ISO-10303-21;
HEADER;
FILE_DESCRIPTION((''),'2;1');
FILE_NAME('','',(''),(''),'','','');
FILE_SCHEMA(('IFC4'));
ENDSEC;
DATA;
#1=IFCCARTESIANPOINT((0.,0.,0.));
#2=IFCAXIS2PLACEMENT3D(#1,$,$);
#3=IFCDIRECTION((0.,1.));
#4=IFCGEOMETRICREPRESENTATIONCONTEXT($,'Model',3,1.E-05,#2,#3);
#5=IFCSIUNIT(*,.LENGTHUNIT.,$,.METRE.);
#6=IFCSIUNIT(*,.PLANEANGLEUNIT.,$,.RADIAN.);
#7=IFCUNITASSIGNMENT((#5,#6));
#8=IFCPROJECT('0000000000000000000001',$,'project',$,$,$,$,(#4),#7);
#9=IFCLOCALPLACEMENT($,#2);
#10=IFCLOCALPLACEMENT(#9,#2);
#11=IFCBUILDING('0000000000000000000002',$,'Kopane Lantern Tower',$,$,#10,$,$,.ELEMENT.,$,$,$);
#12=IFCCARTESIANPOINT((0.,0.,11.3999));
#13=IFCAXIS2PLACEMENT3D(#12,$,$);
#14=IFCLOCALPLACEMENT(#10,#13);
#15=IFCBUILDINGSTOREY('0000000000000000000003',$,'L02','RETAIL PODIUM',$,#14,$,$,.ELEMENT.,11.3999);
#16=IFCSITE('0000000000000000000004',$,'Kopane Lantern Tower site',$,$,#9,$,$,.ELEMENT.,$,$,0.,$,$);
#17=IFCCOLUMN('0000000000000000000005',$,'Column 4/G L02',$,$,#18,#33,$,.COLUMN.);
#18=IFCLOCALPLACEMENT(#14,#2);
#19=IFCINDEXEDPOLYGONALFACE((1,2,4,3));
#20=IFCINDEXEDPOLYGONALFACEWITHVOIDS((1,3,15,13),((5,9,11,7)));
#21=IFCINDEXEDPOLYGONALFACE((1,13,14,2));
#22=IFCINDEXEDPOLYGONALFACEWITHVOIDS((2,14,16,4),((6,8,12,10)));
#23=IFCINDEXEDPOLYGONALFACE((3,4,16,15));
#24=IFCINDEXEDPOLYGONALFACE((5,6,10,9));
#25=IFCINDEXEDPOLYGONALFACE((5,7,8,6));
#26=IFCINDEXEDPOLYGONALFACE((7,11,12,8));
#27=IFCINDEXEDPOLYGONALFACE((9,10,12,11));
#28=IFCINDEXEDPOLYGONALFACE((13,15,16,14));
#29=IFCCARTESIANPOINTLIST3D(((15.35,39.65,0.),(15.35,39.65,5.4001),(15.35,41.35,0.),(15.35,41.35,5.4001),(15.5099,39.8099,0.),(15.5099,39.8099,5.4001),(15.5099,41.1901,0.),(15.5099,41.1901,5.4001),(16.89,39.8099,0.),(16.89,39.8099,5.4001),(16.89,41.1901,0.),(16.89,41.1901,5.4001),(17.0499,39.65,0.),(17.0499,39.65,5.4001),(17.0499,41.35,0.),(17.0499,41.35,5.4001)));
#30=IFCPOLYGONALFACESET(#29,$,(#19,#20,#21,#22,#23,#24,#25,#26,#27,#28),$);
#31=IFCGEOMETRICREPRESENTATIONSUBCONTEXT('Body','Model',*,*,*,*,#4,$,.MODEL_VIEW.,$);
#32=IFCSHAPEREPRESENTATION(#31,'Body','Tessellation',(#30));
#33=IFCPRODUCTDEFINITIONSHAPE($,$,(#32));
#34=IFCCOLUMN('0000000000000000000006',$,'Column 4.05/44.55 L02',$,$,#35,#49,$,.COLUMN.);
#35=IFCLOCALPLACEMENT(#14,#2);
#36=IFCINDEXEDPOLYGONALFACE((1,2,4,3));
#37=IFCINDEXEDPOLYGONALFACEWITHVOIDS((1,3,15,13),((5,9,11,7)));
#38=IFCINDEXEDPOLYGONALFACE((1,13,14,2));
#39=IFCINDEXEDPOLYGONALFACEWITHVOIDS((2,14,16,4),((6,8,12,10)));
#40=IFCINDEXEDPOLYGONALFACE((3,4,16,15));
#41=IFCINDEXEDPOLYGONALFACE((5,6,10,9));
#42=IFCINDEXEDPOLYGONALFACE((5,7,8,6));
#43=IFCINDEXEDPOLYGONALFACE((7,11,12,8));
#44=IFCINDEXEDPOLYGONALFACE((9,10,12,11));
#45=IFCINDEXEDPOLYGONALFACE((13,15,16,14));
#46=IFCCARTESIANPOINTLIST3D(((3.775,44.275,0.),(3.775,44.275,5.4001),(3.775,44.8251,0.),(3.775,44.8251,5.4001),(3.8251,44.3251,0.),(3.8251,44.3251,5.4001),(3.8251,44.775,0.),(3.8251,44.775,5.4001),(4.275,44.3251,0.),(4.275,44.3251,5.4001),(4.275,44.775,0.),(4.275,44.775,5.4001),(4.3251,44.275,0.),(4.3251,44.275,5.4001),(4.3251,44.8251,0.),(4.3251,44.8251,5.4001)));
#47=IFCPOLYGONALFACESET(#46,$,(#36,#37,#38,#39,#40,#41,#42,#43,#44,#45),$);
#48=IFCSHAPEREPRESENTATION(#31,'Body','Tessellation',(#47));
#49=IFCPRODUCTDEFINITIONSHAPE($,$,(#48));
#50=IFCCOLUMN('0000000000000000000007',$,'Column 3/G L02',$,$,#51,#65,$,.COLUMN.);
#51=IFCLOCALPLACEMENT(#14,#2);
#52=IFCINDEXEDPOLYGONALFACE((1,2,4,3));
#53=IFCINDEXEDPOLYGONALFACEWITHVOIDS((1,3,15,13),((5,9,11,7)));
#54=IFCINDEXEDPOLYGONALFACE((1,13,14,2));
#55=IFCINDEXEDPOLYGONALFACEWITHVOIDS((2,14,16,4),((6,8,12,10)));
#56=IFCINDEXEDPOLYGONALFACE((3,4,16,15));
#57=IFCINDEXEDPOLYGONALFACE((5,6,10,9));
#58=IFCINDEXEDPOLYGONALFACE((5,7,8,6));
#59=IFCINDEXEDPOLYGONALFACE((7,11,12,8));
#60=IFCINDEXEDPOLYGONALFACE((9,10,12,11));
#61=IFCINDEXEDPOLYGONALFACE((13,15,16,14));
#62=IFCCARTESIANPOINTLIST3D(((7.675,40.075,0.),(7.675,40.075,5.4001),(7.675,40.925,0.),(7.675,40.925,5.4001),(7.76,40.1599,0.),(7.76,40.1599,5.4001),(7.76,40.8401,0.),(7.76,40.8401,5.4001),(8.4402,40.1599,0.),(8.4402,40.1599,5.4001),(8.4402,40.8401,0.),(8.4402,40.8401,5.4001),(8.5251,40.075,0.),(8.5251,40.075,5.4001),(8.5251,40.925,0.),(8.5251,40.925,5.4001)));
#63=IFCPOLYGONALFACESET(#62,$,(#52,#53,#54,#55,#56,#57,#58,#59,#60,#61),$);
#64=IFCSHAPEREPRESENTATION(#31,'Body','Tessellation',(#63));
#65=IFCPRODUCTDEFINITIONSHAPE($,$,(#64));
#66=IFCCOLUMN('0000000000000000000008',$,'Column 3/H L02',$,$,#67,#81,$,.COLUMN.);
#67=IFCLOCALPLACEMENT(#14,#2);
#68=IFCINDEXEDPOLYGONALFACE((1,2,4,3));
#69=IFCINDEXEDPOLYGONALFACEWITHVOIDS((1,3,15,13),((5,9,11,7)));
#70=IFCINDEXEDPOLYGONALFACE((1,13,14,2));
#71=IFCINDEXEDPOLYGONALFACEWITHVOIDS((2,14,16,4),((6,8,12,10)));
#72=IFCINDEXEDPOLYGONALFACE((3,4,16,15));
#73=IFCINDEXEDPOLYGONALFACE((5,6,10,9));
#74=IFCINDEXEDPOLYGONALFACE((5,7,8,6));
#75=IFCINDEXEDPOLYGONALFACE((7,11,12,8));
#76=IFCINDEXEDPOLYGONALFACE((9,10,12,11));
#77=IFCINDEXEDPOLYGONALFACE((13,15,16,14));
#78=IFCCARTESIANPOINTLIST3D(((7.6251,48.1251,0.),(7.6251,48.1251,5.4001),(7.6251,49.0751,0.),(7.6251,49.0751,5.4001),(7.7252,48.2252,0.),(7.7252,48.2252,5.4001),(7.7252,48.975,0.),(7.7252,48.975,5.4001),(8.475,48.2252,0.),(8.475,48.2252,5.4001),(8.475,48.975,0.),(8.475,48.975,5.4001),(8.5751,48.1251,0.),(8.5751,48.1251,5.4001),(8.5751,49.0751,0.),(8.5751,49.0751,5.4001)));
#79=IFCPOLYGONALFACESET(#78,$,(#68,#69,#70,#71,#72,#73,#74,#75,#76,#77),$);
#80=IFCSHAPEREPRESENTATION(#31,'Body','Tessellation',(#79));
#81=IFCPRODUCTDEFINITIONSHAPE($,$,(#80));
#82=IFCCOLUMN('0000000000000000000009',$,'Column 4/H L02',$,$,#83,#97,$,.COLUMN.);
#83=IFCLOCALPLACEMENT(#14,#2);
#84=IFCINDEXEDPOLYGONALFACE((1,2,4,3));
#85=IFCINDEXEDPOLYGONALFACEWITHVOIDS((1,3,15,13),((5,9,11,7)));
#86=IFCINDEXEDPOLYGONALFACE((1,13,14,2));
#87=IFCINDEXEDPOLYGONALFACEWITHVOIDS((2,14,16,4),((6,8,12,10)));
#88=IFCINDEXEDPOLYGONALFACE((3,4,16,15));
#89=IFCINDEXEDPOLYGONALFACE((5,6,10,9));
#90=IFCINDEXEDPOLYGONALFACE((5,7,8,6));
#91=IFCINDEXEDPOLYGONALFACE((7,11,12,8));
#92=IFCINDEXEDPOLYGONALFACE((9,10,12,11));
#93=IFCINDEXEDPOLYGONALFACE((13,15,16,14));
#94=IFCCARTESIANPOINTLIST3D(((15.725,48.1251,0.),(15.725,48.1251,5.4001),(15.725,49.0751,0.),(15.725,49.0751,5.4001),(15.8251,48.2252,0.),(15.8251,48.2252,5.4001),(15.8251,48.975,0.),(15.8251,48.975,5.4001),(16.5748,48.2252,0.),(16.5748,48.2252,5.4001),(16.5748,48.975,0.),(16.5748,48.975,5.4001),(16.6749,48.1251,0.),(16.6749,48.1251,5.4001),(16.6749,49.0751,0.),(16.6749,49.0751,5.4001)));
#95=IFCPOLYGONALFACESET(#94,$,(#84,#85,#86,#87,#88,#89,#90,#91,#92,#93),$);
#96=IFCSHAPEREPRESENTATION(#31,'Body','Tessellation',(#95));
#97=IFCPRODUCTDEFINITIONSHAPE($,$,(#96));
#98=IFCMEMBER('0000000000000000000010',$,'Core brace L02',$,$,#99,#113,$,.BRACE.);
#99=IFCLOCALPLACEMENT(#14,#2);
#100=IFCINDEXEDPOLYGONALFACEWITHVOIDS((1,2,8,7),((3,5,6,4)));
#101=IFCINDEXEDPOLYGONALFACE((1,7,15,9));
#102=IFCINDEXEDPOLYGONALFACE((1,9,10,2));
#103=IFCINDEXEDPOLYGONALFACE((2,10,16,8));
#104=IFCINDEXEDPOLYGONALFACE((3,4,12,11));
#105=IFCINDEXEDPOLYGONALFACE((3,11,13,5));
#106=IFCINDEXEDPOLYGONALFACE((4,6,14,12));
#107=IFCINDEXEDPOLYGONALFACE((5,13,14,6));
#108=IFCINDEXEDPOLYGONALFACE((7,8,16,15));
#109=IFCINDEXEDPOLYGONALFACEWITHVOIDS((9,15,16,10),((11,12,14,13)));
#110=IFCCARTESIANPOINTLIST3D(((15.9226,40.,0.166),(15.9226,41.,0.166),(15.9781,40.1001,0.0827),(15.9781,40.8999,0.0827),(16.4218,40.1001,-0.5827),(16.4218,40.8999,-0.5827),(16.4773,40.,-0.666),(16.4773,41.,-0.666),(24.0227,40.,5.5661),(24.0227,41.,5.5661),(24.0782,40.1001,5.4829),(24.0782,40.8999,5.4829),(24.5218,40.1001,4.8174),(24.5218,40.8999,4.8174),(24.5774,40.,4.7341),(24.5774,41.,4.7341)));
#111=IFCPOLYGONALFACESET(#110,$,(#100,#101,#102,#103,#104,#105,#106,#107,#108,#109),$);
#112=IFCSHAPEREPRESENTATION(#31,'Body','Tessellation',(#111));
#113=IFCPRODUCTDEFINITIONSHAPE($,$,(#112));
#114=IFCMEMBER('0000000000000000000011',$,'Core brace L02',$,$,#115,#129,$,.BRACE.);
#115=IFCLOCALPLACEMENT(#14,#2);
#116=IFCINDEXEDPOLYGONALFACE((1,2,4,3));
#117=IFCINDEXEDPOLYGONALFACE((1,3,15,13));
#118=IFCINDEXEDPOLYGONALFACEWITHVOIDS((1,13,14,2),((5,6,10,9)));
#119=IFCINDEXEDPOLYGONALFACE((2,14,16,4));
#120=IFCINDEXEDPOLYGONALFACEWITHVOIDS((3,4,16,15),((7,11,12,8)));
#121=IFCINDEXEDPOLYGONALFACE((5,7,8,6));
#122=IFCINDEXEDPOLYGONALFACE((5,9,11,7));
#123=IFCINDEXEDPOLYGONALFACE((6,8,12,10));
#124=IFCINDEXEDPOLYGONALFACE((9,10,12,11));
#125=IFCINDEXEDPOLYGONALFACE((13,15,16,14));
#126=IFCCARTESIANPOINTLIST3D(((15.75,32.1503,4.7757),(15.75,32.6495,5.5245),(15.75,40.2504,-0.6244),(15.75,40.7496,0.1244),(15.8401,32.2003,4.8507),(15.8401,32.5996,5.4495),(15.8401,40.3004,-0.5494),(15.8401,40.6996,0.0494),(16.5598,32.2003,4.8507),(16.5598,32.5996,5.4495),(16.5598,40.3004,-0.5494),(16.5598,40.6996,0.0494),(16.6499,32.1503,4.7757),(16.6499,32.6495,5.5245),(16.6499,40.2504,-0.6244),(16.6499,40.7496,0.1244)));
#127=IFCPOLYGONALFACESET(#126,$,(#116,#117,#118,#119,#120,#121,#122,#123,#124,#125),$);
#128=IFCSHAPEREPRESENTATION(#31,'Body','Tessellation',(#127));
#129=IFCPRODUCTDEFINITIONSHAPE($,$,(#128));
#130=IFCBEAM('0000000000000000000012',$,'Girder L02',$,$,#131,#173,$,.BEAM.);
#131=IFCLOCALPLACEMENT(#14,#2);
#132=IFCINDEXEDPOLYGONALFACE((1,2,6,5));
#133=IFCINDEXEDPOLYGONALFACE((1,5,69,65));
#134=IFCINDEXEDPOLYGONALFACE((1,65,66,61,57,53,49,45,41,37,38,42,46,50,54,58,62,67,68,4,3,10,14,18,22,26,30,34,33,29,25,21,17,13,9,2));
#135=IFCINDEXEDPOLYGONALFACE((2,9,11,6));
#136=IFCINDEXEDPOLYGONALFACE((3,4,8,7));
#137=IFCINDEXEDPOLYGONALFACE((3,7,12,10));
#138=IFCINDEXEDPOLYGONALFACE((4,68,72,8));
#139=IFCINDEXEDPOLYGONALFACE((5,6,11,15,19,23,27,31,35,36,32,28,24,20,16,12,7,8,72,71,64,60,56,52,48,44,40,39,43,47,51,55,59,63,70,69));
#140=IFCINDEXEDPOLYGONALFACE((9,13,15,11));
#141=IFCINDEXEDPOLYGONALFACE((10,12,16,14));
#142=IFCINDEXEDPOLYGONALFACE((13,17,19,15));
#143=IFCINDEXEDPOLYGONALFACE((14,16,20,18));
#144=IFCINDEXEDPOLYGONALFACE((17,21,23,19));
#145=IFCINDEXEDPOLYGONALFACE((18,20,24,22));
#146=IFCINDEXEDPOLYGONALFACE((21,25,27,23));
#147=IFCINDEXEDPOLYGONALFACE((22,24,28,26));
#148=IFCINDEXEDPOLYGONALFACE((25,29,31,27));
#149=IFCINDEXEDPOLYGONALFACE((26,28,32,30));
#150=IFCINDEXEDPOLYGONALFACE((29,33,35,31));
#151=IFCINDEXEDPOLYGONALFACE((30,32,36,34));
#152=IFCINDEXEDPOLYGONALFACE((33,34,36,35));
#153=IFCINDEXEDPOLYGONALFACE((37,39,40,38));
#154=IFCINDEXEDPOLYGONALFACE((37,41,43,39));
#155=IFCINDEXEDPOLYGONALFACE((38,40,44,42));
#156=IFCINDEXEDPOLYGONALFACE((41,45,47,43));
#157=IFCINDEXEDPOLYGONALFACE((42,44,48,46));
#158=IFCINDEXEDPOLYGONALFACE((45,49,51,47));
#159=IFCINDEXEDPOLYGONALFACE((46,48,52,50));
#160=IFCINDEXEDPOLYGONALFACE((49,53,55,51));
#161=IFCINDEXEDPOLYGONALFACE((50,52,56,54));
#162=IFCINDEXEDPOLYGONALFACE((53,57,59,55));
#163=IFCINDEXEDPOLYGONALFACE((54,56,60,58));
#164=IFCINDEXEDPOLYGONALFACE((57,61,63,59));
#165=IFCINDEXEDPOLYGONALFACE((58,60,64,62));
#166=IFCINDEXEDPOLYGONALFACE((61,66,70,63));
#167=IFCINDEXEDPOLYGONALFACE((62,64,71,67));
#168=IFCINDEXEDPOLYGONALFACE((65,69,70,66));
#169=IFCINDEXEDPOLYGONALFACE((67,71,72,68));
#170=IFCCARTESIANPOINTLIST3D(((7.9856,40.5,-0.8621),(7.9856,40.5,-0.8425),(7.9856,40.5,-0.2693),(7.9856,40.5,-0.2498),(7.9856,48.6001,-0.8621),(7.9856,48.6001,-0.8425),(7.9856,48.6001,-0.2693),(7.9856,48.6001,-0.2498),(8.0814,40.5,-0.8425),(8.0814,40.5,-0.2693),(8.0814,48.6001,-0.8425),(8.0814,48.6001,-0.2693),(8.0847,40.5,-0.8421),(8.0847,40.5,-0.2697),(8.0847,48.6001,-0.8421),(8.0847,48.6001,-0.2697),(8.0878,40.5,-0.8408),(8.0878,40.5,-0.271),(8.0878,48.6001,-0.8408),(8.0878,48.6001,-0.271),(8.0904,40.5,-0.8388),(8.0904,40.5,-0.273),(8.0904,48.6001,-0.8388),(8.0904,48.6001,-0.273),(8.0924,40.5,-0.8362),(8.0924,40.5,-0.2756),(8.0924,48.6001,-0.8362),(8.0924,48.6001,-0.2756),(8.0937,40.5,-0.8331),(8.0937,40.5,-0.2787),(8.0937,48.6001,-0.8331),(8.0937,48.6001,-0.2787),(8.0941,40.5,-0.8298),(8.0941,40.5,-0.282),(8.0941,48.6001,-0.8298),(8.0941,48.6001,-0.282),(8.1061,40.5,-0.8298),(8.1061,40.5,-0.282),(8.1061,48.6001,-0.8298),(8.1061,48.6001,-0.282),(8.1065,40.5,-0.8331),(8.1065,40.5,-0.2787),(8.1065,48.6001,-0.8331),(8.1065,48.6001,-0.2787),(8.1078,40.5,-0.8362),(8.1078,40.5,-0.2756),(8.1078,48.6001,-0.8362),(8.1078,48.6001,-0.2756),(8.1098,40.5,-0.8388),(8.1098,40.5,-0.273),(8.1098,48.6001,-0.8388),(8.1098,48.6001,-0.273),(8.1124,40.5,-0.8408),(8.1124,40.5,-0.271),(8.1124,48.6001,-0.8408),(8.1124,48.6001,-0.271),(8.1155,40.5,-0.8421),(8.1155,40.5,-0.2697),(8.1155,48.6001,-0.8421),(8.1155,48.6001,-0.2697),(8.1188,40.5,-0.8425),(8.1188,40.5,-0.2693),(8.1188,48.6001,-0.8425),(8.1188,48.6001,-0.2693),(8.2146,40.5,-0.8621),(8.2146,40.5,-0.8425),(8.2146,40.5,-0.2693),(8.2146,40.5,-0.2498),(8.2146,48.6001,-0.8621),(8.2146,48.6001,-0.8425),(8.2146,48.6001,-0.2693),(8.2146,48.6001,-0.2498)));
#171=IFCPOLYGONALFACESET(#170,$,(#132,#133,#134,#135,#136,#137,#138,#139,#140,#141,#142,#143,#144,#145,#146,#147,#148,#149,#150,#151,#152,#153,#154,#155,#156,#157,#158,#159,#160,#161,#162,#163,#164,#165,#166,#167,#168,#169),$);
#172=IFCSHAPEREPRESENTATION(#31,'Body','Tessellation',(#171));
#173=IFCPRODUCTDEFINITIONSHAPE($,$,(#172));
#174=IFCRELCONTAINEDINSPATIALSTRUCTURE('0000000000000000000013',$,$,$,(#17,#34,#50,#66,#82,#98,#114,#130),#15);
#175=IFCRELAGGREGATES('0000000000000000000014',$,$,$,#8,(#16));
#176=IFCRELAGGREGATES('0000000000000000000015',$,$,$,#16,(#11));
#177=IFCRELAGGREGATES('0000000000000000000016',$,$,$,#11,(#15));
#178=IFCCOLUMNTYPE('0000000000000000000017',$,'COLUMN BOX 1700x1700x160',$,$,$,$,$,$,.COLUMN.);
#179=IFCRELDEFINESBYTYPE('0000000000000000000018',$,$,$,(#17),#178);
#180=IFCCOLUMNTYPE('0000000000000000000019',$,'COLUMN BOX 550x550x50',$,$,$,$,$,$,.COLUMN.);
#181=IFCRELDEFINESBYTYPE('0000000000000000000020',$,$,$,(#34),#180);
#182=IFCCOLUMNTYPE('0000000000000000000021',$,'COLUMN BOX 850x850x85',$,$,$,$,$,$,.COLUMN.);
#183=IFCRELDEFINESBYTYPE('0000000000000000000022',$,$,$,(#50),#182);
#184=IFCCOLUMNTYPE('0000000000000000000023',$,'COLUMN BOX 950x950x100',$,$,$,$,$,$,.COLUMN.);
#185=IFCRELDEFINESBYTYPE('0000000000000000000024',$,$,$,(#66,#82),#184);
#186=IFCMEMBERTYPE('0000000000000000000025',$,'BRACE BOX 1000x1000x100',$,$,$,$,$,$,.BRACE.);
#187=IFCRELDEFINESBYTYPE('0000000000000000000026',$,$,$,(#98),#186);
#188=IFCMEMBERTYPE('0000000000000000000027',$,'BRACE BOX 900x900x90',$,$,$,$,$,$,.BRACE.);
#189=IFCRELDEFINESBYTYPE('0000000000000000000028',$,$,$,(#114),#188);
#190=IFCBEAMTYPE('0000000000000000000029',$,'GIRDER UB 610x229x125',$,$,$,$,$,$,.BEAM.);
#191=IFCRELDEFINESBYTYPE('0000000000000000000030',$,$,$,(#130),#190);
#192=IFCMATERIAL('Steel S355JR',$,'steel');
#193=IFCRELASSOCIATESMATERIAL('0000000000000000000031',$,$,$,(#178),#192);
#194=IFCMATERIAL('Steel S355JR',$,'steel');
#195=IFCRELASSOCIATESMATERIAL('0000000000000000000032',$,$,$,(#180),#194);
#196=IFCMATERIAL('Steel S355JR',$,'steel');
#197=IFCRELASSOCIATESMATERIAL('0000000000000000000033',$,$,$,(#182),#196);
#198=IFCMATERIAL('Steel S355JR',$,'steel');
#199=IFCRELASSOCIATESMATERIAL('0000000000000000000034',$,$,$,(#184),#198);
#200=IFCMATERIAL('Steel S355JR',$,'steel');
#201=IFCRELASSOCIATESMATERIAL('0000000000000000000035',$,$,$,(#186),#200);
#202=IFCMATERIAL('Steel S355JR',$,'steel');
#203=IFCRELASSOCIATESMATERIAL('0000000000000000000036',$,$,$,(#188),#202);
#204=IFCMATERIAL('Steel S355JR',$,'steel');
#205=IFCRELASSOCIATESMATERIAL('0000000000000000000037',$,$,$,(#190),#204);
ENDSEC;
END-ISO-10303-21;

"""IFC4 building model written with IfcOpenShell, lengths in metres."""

from ifc_helpers import new_model, si_unit, direction, frame, origin, origin_2d, place, context, subcontext, project, spatial, hollow_rectangle, i_section, extrude, material, material_profile, profile_set, type_object, element, save


model = new_model("IFC4")

# Units and contexts
model_context = context("Model", 3, precision=1e-05, world=origin(), true_north=direction((0.0, 1.0)))
body_context = subcontext(model_context, "Body", "Model", "MODEL_VIEW")
ifc_project = project(units=[si_unit("LENGTHUNIT", "METRE"), si_unit("PLANEANGLEUNIT", "RADIAN")], contexts=[model_context])

# Site, building, storey
site_placement = place(None, origin())
site = spatial("IfcSite", under=ifc_project, at=site_placement, Name="Kopane Lantern Tower site", CompositionType="ELEMENT", RefElevation=0.0)
building_placement = place(site_placement, origin())
building = spatial("IfcBuilding", under=site, at=building_placement, Name="Kopane Lantern Tower", CompositionType="ELEMENT")
storey_placement = place(building_placement, frame((0.0, 0.0, 11.3999)))
storey = spatial("IfcBuildingStorey", under=building, at=storey_placement, Name="L02", Description="RETAIL PODIUM", CompositionType="ELEMENT", Elevation=11.3999)

# Columns
ifc_material_1 = material(Name="Steel S355JR", Category="steel")
ifc_material_profile_1 = material_profile(ifc_material_1, hollow_rectangle(XDim=1.7, YDim=1.7, WallThickness=0.1599, at=origin_2d()), Name="BOX 1700x1700x160")
ifc_profile_set_1 = profile_set([ifc_material_profile_1], Name="Steel S355JR")
column_type_1 = type_object("IfcColumnType", Name="COLUMN BOX 1700x1700x160", PredefinedType="COLUMN", material=ifc_profile_set_1)
column_1_placement = place(storey_placement, frame((16.2, 40.5, 0.0), z_axis=(0.0, 0.0, 1.0), x_axis=(1.0, 0.0, 0.0)))
element("IfcColumn", 1, at=column_1_placement, inside=storey, type_object=column_type_1, Name="Column 4/G L02", PredefinedType="COLUMN", context=body_context, shape_type="SweptSolid", body=[
    extrude(hollow_rectangle(XDim=1.7, YDim=1.7, WallThickness=0.1599, at=origin_2d()), origin(), (0.0, 0.0, 1.0), 5.4001),
])
ifc_material_2 = material(Name="Steel S355JR", Category="steel")
ifc_material_profile_2 = material_profile(ifc_material_2, hollow_rectangle(XDim=0.55, YDim=0.55, WallThickness=0.05, at=origin_2d()), Name="BOX 550x550x50")
ifc_profile_set_2 = profile_set([ifc_material_profile_2], Name="Steel S355JR")
column_type_2 = type_object("IfcColumnType", Name="COLUMN BOX 550x550x50", PredefinedType="COLUMN", material=ifc_profile_set_2)
column_2_placement = place(storey_placement, frame((4.05, 44.55, 0.0), z_axis=(0.0, 0.0, 1.0), x_axis=(1.0, 0.0, 0.0)))
element("IfcColumn", 2, at=column_2_placement, inside=storey, type_object=column_type_2, Name="Column 4.05/44.55 L02", PredefinedType="COLUMN", context=body_context, shape_type="SweptSolid", body=[
    extrude(hollow_rectangle(XDim=0.55, YDim=0.55, WallThickness=0.05, at=origin_2d()), origin(), (0.0, 0.0, 1.0), 5.4001),
])
ifc_material_3 = material(Name="Steel S355JR", Category="steel")
ifc_material_profile_3 = material_profile(ifc_material_3, hollow_rectangle(XDim=0.8501, YDim=0.8501, WallThickness=0.085, at=origin_2d()), Name="BOX 850x850x85")
ifc_profile_set_3 = profile_set([ifc_material_profile_3], Name="Steel S355JR")
column_type_3 = type_object("IfcColumnType", Name="COLUMN BOX 850x850x85", PredefinedType="COLUMN", material=ifc_profile_set_3)
column_3_placement = place(storey_placement, frame((8.1001, 40.5, 0.0), z_axis=(0.0, 0.0, 1.0), x_axis=(1.0, 0.0, 0.0)))
element("IfcColumn", 3, at=column_3_placement, inside=storey, type_object=column_type_3, Name="Column 3/G L02", PredefinedType="COLUMN", context=body_context, shape_type="SweptSolid", body=[
    extrude(hollow_rectangle(XDim=0.8501, YDim=0.8501, WallThickness=0.085, at=origin_2d()), origin(), (0.0, 0.0, 1.0), 5.4001),
])
ifc_material_4 = material(Name="Steel S355JR", Category="steel")
ifc_material_profile_4 = material_profile(ifc_material_4, hollow_rectangle(XDim=0.95, YDim=0.95, WallThickness=0.1001, at=origin_2d()), Name="BOX 950x950x100")
ifc_profile_set_4 = profile_set([ifc_material_profile_4], Name="Steel S355JR")
column_type_4 = type_object("IfcColumnType", Name="COLUMN BOX 950x950x100", PredefinedType="COLUMN", material=ifc_profile_set_4)
for number, where, z_axis, x_axis, name in (
    (4, (8.1001, 48.6001, 0.0), (0.0, 0.0, 1.0), (1.0, 0.0, 0.0), "Column 3/H L02"),
    (5, (16.2, 48.6001, 0.0), (0.0, 0.0, 1.0), (1.0, 0.0, 0.0), "Column 4/H L02"),
):
    element("IfcColumn", number, at=place(storey_placement, frame(where, z_axis=z_axis, x_axis=x_axis)), inside=storey, type_object=column_type_4, Name=name, PredefinedType="COLUMN", context=body_context, shape_type="SweptSolid", body=[
        extrude(hollow_rectangle(XDim=0.95, YDim=0.95, WallThickness=0.1001, at=origin_2d()), origin(), (0.0, 0.0, 1.0), 5.4001),
    ])

# Members
ifc_material_5 = material(Name="Steel S355JR", Category="steel")
ifc_material_profile_5 = material_profile(ifc_material_5, hollow_rectangle(XDim=1.0, YDim=1.0, WallThickness=0.1001, at=origin_2d()), Name="BOX 1000x1000x100")
ifc_profile_set_5 = profile_set([ifc_material_profile_5], Name="Steel S355JR")
member_type_1 = type_object("IfcMemberType", Name="BRACE BOX 1000x1000x100", PredefinedType="BRACE", material=ifc_profile_set_5)
member_1_placement = place(storey_placement, frame((16.2, 40.5, -0.25), z_axis=(0.832046, 0.0, 0.554706), x_axis=(0.0, 1.0, 0.0)))
element("IfcMember", 6, at=member_1_placement, inside=storey, type_object=member_type_1, Name="Core brace L02", PredefinedType="BRACE", context=body_context, shape_type="SweptSolid", body=[
    extrude(hollow_rectangle(XDim=1.0, YDim=1.0, WallThickness=0.1001, at=origin_2d()), origin(), (0.0, 0.0, 1.0), 9.7351),
])
ifc_material_6 = material(Name="Steel S355JR", Category="steel")
ifc_material_profile_6 = material_profile(ifc_material_6, hollow_rectangle(XDim=0.8999, YDim=0.8999, WallThickness=0.0901, at=origin_2d()), Name="BOX 900x900x90")
ifc_profile_set_6 = profile_set([ifc_material_profile_6], Name="Steel S355JR")
member_type_2 = type_object("IfcMemberType", Name="BRACE BOX 900x900x90", PredefinedType="BRACE", material=ifc_profile_set_6)
member_2_placement = place(storey_placement, frame((16.2, 40.5, -0.25), z_axis=(0.0, -0.832046, 0.554706), x_axis=(1.0, 0.0, 0.0)))
element("IfcMember", 7, at=member_2_placement, inside=storey, type_object=member_type_2, Name="Core brace L02", PredefinedType="BRACE", context=body_context, shape_type="SweptSolid", body=[
    extrude(hollow_rectangle(XDim=0.8999, YDim=0.8999, WallThickness=0.0901, at=origin_2d()), origin(), (0.0, 0.0, 1.0), 9.7351),
])

# Beam
ifc_material_7 = material(Name="Steel S355JR", Category="steel")
ifc_material_profile_7 = material_profile(ifc_material_7, i_section(OverallWidth=0.229, OverallDepth=0.6123, WebThickness=0.012, FlangeThickness=0.0195, FilletRadius=0.0127, at=origin_2d()), Name="UB 610x229x125")
ifc_profile_set_7 = profile_set([ifc_material_profile_7], Name="Steel S355JR")
beam_type = type_object("IfcBeamType", Name="GIRDER UB 610x229x125", PredefinedType="BEAM", material=ifc_profile_set_7)
beam_placement = place(storey_placement, frame((8.1001, 40.5, -0.5559), z_axis=(0.0, 1.0, 0.0), x_axis=(-1.0, 0.0, 0.0)))
element("IfcBeam", 8, at=beam_placement, inside=storey, type_object=beam_type, Name="Girder L02", PredefinedType="BEAM", context=body_context, shape_type="SweptSolid", body=[
    extrude(i_section(OverallWidth=0.229, OverallDepth=0.6123, WebThickness=0.012, FlangeThickness=0.0195, FilletRadius=0.0127, at=origin_2d()), origin(), (0.0, 0.0, 1.0), 8.1001),
])

save(model, "model.ifc")
